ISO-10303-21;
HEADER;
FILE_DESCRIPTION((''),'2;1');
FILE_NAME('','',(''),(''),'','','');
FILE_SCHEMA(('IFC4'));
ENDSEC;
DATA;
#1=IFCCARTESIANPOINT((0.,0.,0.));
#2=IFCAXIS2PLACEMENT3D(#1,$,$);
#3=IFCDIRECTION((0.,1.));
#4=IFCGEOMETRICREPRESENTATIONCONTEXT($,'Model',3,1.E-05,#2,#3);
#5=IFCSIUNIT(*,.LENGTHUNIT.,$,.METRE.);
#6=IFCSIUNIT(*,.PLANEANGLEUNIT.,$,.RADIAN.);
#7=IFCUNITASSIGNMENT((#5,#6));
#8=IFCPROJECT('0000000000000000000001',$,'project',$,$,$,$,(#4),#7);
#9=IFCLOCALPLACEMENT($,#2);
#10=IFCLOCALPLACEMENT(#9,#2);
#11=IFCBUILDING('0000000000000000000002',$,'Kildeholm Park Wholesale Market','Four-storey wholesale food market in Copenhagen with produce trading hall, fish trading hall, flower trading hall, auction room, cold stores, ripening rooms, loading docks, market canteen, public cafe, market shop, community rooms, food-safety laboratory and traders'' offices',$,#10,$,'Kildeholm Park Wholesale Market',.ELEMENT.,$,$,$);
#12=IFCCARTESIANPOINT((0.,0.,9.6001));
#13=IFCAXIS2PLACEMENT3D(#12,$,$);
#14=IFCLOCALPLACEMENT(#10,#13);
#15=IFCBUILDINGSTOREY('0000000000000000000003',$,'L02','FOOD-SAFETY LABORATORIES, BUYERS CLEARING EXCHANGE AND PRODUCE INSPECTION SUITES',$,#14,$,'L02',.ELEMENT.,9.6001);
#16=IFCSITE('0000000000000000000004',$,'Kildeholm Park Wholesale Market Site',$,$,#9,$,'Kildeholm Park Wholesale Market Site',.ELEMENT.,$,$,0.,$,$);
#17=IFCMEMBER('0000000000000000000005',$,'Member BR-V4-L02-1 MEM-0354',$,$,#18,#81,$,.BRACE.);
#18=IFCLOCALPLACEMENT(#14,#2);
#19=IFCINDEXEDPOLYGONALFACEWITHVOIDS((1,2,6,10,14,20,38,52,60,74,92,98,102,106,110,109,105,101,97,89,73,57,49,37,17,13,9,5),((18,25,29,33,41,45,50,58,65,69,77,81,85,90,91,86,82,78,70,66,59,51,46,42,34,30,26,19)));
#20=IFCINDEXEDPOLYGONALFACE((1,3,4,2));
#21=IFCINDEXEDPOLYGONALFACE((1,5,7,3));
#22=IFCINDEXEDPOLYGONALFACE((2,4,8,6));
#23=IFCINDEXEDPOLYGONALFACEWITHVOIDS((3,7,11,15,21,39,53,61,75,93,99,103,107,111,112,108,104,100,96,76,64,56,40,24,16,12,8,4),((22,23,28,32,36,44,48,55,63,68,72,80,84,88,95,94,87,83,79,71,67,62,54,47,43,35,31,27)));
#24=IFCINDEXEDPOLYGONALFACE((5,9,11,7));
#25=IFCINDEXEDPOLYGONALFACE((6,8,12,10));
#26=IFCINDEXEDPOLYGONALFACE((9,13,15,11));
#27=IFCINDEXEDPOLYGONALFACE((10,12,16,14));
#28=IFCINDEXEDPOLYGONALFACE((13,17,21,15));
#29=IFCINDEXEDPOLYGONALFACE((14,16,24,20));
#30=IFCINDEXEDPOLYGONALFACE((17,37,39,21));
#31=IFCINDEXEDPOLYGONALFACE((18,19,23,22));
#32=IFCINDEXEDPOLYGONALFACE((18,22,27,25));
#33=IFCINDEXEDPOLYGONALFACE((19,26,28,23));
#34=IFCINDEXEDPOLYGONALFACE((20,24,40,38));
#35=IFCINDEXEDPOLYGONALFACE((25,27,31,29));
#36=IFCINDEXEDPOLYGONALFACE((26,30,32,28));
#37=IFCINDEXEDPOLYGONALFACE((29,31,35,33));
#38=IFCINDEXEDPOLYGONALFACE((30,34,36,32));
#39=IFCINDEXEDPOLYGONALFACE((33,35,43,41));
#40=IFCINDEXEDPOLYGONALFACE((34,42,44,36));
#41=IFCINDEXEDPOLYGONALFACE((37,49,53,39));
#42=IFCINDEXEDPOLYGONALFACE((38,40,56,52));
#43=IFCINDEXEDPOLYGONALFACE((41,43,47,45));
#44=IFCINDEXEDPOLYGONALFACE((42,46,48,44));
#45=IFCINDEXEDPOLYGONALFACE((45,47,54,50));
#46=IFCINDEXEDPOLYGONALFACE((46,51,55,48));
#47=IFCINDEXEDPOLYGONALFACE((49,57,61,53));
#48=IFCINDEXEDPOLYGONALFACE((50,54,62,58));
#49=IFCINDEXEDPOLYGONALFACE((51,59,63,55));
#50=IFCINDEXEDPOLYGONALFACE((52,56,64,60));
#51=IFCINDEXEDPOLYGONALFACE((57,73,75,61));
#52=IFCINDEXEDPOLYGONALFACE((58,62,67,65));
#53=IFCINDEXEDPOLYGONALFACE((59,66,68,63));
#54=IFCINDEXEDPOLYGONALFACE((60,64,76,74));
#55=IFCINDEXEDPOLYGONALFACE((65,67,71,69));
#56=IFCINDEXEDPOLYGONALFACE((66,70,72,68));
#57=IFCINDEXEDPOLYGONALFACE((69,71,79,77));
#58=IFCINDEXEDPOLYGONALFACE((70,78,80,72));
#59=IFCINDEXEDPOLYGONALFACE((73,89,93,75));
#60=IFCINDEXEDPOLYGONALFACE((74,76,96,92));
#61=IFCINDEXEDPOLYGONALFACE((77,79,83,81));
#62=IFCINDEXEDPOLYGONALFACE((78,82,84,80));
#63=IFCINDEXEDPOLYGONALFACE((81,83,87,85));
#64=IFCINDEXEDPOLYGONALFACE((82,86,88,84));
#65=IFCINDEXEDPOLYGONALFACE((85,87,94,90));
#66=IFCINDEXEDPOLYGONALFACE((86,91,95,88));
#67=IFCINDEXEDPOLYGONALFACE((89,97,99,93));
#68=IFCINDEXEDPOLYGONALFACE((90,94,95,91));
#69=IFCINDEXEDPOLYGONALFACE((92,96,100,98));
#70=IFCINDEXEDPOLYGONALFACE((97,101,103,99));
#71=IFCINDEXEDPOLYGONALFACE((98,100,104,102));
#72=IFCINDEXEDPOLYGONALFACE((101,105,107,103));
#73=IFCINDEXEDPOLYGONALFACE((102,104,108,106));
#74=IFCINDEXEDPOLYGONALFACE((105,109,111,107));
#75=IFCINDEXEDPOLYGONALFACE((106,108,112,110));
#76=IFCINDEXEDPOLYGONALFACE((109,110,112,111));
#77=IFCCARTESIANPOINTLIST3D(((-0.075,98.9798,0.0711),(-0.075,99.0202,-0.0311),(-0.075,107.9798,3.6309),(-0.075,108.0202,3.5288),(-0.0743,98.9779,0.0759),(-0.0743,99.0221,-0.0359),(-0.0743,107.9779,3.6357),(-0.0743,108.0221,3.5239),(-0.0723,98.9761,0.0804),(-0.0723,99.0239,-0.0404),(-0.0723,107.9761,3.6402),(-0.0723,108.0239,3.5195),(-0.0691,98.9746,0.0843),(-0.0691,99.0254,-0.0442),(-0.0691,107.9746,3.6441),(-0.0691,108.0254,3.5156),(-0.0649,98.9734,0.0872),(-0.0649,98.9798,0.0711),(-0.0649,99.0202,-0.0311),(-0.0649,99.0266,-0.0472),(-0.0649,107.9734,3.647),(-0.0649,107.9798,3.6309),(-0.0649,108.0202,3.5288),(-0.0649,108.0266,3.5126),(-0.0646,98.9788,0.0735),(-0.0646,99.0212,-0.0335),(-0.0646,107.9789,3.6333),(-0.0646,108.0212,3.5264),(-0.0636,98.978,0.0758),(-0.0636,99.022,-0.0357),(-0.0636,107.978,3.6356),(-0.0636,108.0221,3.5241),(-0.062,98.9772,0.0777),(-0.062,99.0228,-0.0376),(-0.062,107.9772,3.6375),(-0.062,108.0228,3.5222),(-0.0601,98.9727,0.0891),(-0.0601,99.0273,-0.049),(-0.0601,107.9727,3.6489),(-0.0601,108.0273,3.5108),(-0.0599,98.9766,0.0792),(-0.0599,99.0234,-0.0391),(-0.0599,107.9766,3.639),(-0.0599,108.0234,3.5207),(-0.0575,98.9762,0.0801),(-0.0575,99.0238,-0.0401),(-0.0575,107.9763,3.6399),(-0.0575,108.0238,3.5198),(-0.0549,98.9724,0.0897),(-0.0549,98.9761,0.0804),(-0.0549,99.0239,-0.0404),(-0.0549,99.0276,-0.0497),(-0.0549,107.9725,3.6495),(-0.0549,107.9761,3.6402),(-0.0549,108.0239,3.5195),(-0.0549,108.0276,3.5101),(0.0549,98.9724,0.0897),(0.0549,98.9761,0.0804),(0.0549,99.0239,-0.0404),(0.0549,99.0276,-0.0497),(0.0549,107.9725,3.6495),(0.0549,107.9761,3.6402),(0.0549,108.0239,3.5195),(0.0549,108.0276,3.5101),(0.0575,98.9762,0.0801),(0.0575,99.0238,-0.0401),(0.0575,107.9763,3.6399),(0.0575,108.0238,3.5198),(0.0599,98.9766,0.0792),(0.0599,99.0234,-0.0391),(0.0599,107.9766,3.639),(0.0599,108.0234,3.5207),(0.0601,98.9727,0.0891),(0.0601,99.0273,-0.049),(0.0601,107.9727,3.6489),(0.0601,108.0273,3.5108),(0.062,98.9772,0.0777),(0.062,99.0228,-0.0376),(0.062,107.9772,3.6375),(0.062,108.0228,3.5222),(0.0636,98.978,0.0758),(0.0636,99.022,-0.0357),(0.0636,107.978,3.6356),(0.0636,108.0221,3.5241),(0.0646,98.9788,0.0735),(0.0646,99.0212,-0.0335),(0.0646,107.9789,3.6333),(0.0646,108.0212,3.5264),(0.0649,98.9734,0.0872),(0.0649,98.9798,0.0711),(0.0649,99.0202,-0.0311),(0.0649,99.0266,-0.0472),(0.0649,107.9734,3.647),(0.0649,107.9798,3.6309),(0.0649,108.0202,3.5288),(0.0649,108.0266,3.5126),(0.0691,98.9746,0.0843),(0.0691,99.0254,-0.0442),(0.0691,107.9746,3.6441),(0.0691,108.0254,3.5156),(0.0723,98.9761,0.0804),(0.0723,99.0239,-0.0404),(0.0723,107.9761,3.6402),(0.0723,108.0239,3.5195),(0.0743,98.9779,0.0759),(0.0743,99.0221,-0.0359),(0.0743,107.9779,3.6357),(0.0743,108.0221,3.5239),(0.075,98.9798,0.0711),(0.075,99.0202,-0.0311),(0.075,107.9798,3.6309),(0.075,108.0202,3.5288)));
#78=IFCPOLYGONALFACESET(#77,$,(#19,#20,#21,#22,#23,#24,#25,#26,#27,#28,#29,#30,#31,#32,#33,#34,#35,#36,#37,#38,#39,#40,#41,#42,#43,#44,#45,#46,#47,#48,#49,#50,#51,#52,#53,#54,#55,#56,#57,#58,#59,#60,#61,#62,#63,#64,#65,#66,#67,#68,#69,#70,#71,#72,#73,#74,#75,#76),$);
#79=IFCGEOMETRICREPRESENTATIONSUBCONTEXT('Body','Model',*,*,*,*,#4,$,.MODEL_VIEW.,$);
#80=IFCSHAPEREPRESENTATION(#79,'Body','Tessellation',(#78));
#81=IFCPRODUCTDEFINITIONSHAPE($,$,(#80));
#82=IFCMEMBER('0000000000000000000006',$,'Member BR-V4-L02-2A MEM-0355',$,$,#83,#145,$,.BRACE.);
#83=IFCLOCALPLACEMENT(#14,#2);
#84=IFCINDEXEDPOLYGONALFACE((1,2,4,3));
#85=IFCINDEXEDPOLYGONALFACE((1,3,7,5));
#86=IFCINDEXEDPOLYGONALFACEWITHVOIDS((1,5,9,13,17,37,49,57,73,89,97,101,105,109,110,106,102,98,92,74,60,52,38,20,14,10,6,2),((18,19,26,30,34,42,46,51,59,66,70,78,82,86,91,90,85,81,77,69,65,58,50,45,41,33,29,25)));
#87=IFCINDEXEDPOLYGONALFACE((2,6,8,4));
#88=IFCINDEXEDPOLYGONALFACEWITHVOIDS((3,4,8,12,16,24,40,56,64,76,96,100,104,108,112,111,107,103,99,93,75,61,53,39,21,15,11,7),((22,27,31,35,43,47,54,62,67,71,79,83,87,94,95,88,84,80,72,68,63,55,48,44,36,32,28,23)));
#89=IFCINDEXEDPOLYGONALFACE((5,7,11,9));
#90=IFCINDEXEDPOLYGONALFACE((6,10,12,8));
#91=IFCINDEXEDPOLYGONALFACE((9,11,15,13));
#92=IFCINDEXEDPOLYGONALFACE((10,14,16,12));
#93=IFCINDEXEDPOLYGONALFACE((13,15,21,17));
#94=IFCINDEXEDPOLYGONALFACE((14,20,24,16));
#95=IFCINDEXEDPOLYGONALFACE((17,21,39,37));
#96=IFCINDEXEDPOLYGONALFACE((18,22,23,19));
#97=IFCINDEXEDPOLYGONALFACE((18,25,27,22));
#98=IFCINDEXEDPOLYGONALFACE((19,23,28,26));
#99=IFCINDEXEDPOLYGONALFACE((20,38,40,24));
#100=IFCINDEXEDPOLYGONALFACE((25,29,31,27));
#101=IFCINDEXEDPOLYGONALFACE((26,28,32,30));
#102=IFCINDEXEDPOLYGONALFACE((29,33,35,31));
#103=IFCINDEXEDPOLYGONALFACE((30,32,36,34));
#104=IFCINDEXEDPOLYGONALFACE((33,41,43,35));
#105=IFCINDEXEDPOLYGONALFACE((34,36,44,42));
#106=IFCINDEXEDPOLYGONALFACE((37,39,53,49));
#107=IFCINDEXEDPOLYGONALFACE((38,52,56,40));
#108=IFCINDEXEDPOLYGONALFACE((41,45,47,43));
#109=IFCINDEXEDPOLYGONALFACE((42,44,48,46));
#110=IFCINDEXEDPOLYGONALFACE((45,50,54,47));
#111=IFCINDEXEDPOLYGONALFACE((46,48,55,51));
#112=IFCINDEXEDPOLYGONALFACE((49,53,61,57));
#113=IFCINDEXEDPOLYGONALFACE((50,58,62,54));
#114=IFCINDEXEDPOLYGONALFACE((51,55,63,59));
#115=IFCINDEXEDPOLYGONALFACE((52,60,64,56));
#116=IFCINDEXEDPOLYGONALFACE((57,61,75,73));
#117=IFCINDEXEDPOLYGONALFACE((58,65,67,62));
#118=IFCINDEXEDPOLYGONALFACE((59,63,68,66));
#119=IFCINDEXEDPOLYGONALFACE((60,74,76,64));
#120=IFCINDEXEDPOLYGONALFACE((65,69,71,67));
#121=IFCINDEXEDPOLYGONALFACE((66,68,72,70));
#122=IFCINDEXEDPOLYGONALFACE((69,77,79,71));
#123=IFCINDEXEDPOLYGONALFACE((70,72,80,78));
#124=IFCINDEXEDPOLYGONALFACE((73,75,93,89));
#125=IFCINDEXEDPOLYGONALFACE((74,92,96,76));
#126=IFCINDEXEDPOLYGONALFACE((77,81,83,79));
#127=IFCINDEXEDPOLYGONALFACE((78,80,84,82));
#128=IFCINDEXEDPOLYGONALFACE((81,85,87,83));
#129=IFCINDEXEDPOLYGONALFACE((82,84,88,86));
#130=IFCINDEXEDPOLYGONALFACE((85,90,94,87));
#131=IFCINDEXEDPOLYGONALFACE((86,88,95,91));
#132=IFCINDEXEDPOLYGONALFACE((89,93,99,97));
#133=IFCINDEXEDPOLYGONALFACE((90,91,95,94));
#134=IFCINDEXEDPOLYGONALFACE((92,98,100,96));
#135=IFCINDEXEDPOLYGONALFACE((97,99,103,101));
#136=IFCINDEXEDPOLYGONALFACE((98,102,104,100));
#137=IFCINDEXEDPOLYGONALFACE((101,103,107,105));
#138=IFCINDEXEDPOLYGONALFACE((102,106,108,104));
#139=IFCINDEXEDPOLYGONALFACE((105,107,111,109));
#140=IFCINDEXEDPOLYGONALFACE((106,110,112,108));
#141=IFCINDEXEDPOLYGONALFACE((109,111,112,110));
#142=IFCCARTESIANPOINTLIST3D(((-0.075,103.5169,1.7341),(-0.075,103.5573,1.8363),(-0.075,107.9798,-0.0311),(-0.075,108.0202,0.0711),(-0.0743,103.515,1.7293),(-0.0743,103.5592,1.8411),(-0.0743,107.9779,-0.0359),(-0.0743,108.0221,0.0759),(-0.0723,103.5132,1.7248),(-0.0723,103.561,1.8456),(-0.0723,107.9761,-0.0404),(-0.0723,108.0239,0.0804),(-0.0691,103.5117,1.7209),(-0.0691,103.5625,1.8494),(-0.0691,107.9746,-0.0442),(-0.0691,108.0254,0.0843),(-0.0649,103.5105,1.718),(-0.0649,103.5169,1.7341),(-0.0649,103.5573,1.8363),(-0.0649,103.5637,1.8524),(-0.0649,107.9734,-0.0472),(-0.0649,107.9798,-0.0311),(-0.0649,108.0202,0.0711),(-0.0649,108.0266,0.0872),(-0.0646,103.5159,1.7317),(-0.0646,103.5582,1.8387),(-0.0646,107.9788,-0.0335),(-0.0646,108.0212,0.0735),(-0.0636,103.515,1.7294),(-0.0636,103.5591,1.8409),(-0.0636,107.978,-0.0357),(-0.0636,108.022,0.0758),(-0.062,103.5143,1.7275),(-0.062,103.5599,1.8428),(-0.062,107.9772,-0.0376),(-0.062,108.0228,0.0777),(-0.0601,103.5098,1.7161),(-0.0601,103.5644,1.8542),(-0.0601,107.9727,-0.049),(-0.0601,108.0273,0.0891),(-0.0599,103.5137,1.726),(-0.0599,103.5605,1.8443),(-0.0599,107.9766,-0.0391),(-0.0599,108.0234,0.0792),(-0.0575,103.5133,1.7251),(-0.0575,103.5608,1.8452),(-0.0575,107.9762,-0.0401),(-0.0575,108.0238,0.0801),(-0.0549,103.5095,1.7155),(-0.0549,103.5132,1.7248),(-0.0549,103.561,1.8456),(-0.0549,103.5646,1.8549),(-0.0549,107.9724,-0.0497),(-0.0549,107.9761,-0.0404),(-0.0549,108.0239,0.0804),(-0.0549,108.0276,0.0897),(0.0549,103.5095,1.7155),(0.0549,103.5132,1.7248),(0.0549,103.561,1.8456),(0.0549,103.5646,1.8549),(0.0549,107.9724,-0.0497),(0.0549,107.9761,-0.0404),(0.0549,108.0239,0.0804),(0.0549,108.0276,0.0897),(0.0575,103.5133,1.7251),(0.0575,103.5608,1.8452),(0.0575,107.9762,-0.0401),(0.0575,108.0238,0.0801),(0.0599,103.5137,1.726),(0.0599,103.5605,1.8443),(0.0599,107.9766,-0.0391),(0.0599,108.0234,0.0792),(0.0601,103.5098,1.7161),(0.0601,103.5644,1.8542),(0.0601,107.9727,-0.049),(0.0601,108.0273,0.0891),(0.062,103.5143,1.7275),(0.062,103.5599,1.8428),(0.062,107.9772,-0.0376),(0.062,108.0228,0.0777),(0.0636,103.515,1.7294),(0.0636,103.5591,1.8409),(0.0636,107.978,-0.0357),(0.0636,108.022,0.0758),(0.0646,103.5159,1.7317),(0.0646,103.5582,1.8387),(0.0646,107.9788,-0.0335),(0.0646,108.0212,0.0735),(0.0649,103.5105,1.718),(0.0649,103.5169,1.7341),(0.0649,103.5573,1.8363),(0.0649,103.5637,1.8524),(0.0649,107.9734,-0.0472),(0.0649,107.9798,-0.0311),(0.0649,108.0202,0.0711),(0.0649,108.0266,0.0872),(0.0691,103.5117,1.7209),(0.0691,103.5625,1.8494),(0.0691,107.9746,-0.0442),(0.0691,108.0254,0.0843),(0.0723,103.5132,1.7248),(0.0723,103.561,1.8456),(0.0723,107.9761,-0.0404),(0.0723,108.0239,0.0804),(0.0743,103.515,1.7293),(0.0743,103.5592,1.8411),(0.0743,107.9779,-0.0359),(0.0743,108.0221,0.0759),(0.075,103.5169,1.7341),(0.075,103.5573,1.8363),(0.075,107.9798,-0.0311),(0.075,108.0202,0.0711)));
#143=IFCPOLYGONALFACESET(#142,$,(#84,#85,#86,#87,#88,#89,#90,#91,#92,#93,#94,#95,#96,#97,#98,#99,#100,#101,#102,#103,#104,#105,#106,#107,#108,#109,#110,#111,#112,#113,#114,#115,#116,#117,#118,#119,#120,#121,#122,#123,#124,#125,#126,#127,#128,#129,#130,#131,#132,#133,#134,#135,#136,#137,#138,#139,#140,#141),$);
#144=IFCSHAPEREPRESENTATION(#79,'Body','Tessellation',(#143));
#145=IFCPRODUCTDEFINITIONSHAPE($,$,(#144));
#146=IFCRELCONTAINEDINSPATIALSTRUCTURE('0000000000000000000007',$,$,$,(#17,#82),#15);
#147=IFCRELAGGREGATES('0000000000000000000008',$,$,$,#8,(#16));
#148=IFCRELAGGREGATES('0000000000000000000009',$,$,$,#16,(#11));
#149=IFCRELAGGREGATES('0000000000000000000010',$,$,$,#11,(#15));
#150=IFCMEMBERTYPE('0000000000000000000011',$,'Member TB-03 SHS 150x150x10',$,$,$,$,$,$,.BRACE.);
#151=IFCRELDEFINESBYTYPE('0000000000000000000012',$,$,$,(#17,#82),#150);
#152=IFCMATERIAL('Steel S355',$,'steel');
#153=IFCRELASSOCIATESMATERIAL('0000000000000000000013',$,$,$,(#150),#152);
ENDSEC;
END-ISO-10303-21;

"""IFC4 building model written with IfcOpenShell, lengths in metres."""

from ifc_helpers import new_model, si_unit, direction, frame, origin, origin_2d, place, context, subcontext, project, spatial, hollow_rectangle, extrude, material, material_profile, profile_set, type_object, element, save


model = new_model("IFC4")

# Units and contexts
model_context = context("Model", 3, precision=1e-05, world=origin(), true_north=direction((0.0, 1.0)))
body_context = subcontext(model_context, "Body", "Model", "MODEL_VIEW")
ifc_project = project(units=[si_unit("LENGTHUNIT", "METRE"), si_unit("PLANEANGLEUNIT", "RADIAN")], contexts=[model_context])

# Site, building, storey
site_placement = place(None, origin())
site = spatial("IfcSite", under=ifc_project, at=site_placement, Name="Kildeholm Park Wholesale Market Site", LongName="Kildeholm Park Wholesale Market Site", CompositionType="ELEMENT", RefElevation=0.0)
building_placement = place(site_placement, origin())
building = spatial("IfcBuilding", under=site, at=building_placement, Name="Kildeholm Park Wholesale Market", Description="Four-storey wholesale food market in Copenhagen with produce trading hall, fish trading hall, flower trading hall, auction room, cold stores, ripening rooms, loading docks, market canteen, public cafe, market shop, community rooms, food-safety laboratory and traders' offices", LongName="Kildeholm Park Wholesale Market", CompositionType="ELEMENT")
storey_placement = place(building_placement, frame((0.0, 0.0, 9.6001)))
storey = spatial("IfcBuildingStorey", under=building, at=storey_placement, Name="L02", Description="FOOD-SAFETY LABORATORIES, BUYERS CLEARING EXCHANGE AND PRODUCE INSPECTION SUITES", LongName="L02", CompositionType="ELEMENT", Elevation=9.6001)

# Shared definitions
ifc_material_1 = material(Name="Steel S355", Category="steel")

# Members
ifc_material_profile_1 = material_profile(ifc_material_1, hollow_rectangle(XDim=0.1499, YDim=0.1499, WallThickness=0.01, InnerFilletRadius=0.01, OuterFilletRadius=0.02, at=origin_2d()), Name="SHS 150x150x10")
ifc_profile_set_1 = profile_set([ifc_material_profile_1], Name="Steel S355")
member_type = type_object("IfcMemberType", Name="Member TB-03 SHS 150x150x10", PredefinedType="BRACE", material=ifc_profile_set_1)
member_placement = place(storey_placement, frame((0.0, 99.0, 0.02), z_axis=(0.0, 0.929902, 0.367809), x_axis=(-1.0, 0.0, 0.0)))
element("IfcMember", 1, at=member_placement, inside=storey, type_object=member_type, Name="Member BR-V4-L02-1 MEM-0354", PredefinedType="BRACE", context=body_context, shape_type="SweptSolid", body=[
    extrude(hollow_rectangle(XDim=0.1499, YDim=0.1499, WallThickness=0.01, InnerFilletRadius=0.01, OuterFilletRadius=0.02, at=origin_2d()), origin(), (0.0, 0.0, 1.0), 9.6785),
])
for number, where, z_axis, x_axis, name in (
    (2, (0.0, 108.0, 0.02), (0.0, -0.929908, 0.367792), (1.0, 0.0, 0.0), "Member BR-V4-L02-2A MEM-0355"),
):
    element("IfcMember", number, at=place(storey_placement, frame(where, z_axis=z_axis, x_axis=x_axis)), inside=storey, type_object=member_type, Name=name, PredefinedType="BRACE", context=body_context, shape_type="SweptSolid", body=[
        extrude(hollow_rectangle(XDim=0.1499, YDim=0.1499, WallThickness=0.01, InnerFilletRadius=0.01, OuterFilletRadius=0.02, at=origin_2d()), origin(), (0.0, 0.0, 1.0), 4.7993),
    ])

save(model, "model.ifc")
